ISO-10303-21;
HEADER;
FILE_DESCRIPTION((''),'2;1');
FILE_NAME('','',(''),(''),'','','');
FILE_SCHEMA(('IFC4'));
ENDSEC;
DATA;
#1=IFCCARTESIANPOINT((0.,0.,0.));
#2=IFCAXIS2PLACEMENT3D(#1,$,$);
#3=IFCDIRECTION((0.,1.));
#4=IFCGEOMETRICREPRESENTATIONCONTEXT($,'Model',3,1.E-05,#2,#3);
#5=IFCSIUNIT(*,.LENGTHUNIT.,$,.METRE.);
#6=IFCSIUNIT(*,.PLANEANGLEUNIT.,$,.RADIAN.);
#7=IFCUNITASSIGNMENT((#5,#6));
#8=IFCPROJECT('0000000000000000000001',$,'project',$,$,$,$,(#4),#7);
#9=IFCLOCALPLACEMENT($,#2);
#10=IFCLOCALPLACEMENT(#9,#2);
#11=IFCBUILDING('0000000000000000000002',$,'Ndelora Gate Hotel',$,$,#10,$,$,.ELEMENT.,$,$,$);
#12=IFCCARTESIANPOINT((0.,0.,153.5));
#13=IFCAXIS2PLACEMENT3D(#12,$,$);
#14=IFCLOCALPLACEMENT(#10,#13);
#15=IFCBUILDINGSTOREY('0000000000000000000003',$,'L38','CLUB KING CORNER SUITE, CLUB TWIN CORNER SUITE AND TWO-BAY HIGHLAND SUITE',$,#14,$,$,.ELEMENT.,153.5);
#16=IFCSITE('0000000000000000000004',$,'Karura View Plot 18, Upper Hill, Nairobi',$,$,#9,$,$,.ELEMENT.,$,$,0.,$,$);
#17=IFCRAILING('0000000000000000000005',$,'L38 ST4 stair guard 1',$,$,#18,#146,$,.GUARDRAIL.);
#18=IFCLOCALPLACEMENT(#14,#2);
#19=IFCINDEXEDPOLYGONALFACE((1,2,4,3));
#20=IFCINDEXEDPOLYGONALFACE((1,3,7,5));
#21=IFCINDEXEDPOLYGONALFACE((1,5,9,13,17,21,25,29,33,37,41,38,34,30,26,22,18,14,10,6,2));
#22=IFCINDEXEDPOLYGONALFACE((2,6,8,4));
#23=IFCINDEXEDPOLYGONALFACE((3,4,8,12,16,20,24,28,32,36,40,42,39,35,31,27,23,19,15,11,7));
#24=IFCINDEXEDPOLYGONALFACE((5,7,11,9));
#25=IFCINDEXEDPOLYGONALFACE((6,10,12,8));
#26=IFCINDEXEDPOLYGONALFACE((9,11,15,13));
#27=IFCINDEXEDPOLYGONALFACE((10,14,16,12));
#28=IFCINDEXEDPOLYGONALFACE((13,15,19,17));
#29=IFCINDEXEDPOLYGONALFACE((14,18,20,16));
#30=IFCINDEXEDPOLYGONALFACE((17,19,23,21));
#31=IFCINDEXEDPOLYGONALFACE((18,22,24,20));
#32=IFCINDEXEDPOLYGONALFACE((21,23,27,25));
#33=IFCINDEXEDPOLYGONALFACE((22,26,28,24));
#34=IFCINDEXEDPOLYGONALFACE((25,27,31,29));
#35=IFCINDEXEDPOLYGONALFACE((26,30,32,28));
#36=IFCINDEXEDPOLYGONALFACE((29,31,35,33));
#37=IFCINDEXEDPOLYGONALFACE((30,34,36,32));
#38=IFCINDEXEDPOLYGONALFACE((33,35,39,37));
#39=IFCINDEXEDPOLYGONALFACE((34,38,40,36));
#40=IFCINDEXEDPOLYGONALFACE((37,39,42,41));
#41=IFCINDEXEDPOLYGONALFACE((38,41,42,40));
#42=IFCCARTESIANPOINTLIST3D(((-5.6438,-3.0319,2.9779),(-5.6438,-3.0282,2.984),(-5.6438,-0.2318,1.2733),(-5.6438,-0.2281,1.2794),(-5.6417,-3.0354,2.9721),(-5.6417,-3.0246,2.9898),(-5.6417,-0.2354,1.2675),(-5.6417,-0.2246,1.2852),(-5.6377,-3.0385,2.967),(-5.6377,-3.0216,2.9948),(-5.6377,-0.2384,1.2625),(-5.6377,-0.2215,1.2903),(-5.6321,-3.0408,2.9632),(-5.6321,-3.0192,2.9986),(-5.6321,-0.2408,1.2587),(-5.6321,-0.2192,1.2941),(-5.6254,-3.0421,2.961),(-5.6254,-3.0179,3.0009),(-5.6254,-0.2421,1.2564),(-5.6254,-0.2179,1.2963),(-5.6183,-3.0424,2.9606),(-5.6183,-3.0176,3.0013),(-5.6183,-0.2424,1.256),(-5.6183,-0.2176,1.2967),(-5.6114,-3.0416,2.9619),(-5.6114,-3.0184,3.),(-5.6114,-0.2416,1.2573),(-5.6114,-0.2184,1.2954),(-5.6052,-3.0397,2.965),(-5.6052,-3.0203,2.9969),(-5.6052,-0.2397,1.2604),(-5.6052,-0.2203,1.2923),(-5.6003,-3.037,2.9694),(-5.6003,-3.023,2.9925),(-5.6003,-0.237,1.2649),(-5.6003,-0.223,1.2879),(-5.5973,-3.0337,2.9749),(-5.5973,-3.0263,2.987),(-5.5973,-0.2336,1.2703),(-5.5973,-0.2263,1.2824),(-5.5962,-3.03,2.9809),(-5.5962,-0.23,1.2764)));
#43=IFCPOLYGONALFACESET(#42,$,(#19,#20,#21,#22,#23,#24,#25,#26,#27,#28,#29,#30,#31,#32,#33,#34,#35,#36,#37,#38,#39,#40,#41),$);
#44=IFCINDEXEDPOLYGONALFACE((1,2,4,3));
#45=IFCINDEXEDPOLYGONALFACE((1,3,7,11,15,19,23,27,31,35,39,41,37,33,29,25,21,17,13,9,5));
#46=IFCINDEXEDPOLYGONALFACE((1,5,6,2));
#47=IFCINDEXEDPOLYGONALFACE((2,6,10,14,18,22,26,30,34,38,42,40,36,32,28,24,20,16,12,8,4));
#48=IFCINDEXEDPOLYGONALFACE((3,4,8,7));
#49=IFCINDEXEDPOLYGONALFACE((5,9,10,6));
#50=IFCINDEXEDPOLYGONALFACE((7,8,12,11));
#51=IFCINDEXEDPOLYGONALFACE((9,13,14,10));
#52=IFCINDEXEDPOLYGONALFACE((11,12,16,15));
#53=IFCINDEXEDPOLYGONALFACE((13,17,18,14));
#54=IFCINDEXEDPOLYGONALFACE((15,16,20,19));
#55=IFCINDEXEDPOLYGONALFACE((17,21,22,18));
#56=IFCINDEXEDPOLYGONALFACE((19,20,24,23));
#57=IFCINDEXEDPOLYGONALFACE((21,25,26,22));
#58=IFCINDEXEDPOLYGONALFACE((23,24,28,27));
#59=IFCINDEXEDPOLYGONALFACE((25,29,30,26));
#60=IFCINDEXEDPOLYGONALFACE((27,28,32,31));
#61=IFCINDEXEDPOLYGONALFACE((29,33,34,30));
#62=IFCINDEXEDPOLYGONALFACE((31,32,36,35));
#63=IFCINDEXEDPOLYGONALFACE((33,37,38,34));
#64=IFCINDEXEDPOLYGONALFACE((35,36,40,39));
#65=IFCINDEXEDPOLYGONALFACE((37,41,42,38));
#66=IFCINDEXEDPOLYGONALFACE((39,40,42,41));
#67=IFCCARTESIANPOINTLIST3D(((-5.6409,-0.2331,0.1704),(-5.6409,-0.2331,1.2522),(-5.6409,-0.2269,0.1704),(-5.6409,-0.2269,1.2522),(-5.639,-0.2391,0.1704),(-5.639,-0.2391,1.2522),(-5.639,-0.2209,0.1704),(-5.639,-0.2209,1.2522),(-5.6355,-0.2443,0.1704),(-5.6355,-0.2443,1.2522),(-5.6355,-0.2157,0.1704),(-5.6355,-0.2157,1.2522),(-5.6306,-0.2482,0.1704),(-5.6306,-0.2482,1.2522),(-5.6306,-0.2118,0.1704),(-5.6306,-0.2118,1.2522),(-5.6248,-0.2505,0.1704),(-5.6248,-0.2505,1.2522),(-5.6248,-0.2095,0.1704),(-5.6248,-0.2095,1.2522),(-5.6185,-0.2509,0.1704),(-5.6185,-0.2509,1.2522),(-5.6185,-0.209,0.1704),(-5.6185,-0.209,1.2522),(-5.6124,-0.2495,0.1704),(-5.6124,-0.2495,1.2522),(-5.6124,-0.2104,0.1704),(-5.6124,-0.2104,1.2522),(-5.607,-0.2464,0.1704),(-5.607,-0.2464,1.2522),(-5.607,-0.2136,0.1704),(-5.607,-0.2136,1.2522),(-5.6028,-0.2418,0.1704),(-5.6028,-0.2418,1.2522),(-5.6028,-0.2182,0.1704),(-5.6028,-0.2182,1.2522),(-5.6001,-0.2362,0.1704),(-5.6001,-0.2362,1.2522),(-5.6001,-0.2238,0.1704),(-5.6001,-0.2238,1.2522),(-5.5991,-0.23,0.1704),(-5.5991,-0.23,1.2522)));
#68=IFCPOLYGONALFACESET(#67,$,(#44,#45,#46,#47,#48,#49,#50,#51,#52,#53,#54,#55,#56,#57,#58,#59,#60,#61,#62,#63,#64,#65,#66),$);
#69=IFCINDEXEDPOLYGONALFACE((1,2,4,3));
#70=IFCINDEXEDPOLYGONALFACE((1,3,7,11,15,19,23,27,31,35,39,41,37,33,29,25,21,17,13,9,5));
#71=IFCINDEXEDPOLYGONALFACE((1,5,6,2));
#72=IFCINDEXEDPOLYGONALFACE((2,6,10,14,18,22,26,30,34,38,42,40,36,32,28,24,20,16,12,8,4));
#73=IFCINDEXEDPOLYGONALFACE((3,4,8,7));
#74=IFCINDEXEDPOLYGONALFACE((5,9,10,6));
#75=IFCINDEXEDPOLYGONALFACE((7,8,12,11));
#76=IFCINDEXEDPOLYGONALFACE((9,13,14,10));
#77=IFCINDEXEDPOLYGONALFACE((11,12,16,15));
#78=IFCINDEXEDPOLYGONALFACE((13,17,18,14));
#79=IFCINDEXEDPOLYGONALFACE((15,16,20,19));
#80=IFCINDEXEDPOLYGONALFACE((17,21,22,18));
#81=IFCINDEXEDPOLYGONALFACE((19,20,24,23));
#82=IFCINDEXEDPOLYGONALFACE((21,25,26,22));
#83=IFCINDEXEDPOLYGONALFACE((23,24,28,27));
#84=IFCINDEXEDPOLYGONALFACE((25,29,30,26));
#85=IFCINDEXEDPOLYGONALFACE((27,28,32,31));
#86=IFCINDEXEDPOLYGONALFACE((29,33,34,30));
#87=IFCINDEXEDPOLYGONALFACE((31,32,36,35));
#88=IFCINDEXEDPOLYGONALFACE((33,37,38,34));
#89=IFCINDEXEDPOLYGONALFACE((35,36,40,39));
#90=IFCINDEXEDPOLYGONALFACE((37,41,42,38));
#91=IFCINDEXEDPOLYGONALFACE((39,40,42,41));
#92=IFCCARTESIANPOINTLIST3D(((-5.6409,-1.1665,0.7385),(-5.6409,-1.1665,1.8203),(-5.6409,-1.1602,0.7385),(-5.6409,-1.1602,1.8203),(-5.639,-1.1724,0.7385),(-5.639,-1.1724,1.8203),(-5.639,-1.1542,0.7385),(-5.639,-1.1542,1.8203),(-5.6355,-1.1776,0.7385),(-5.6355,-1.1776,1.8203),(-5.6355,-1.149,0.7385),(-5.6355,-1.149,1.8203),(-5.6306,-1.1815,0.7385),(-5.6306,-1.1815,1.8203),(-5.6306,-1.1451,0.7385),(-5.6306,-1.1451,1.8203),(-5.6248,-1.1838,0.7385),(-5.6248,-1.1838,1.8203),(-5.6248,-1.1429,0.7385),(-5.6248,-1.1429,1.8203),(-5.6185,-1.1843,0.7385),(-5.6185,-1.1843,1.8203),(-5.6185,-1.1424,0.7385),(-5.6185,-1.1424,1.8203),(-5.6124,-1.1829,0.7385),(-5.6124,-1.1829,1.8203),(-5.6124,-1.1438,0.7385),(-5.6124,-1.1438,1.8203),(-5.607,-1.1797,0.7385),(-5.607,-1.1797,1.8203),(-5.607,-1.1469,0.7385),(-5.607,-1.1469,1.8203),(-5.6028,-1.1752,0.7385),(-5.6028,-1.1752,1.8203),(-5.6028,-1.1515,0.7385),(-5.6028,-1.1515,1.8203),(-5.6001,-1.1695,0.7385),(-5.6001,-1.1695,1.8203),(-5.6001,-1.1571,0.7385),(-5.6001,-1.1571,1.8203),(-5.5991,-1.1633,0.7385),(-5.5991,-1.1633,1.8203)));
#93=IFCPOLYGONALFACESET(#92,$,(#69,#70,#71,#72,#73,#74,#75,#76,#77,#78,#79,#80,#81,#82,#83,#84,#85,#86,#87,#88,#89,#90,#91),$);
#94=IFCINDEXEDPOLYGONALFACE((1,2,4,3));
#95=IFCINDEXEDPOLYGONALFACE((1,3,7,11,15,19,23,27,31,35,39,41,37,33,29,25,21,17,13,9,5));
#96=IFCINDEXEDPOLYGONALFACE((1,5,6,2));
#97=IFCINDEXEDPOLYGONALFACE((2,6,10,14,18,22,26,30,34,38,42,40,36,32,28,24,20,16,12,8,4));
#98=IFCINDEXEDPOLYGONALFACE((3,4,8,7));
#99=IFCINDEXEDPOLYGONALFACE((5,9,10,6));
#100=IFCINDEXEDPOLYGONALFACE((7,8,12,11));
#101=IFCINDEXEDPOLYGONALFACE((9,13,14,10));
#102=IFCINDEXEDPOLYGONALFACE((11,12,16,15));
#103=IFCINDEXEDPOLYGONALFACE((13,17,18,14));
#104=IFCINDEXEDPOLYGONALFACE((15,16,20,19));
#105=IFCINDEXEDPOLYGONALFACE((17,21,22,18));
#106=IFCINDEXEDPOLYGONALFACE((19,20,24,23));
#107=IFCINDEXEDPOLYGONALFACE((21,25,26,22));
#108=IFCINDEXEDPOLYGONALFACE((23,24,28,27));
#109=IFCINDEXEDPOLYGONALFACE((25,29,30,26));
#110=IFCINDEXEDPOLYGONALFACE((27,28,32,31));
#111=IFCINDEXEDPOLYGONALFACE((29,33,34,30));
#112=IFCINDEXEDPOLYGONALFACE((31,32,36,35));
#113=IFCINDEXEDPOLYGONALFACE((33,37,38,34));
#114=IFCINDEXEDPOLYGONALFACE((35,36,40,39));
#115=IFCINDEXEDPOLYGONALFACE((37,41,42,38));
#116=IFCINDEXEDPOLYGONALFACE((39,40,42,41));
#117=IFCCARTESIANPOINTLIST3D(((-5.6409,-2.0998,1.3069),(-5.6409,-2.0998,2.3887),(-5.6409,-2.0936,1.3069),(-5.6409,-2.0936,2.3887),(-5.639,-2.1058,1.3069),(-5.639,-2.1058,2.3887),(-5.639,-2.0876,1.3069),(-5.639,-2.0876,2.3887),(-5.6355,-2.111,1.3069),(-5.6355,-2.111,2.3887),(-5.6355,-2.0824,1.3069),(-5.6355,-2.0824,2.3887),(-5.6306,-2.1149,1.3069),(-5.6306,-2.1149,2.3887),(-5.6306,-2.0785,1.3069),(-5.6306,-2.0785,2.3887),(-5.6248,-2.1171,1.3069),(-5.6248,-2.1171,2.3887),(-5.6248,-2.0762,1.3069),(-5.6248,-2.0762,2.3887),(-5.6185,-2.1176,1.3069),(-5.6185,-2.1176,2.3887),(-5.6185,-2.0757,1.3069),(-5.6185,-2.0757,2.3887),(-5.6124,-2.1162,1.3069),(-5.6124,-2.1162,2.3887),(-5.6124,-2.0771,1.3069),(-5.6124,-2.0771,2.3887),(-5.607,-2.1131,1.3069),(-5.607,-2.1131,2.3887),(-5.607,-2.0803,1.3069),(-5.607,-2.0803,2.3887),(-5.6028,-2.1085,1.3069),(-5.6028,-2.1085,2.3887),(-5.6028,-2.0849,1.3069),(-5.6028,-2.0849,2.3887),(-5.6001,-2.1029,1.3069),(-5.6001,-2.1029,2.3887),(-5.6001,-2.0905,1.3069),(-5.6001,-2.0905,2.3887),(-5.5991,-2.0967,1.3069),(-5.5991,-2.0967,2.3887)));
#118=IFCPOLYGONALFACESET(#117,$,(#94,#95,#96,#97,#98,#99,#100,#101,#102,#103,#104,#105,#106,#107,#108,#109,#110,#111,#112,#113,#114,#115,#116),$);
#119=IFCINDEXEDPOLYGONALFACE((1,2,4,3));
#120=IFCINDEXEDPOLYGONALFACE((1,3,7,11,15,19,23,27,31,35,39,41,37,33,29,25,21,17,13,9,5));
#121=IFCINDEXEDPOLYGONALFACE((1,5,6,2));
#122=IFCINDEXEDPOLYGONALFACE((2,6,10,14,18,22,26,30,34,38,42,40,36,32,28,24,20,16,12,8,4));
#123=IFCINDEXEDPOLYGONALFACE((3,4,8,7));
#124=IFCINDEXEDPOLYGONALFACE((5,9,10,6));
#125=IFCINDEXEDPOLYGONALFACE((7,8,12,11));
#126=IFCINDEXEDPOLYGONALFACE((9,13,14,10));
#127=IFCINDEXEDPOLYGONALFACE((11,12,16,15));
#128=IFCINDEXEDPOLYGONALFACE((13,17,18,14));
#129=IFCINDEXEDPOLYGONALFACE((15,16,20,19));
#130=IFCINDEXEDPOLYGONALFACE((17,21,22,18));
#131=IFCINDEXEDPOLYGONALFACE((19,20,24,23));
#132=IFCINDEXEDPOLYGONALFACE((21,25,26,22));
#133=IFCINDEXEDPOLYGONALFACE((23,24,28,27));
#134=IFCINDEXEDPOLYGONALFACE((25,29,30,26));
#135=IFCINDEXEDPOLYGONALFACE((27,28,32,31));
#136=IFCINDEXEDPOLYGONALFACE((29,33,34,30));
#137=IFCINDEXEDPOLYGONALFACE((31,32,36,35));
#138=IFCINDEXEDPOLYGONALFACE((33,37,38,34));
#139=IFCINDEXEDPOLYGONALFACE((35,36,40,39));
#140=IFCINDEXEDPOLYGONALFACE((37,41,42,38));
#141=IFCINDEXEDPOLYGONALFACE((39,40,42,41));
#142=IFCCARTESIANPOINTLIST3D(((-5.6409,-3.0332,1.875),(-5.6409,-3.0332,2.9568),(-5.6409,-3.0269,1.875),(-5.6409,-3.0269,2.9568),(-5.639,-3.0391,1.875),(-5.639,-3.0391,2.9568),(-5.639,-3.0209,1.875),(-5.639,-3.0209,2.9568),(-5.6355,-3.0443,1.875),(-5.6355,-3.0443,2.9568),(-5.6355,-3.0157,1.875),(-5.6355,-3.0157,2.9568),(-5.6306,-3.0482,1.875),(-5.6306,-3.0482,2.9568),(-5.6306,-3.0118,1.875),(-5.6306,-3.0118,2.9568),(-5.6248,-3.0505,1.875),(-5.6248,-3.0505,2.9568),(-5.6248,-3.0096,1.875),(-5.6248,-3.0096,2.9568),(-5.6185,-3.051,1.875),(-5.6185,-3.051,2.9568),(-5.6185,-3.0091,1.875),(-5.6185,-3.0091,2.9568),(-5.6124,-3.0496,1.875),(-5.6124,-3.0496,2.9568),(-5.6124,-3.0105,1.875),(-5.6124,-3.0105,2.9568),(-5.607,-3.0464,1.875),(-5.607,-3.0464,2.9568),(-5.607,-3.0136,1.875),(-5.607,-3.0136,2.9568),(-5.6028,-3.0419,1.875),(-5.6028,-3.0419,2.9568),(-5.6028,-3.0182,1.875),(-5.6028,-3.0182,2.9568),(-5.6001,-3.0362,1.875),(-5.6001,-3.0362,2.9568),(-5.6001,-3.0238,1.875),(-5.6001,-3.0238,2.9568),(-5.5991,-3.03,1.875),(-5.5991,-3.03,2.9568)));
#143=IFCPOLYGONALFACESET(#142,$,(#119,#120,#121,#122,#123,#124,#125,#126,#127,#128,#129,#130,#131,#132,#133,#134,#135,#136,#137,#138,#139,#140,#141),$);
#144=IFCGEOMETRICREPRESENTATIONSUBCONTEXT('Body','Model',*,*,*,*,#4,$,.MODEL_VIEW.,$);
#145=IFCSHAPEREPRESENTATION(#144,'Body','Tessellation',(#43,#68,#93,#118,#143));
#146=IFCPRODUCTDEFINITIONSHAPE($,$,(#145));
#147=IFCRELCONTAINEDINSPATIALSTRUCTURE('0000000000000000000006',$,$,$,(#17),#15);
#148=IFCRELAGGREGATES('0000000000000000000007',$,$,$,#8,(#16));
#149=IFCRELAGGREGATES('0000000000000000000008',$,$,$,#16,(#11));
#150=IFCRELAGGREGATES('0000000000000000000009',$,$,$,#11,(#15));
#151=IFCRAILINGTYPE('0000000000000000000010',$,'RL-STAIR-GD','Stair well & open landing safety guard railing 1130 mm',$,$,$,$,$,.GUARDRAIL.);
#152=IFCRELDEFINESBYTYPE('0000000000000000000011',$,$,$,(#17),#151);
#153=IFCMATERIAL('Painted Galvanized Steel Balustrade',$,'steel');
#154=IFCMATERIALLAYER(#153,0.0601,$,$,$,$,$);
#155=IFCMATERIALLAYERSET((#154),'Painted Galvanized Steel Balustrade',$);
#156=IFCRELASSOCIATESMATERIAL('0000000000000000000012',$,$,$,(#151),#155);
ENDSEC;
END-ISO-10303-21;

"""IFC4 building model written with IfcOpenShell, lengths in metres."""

from ifc_helpers import new_model, si_unit, direction, frame, origin, origin_2d, place, context, subcontext, project, spatial, circle, extrude, material, layer, layer_set, type_object, element, save


model = new_model("IFC4")

# Units and contexts
model_context = context("Model", 3, precision=1e-05, world=origin(), true_north=direction((0.0, 1.0)))
body_context = subcontext(model_context, "Body", "Model", "MODEL_VIEW")
ifc_project = project(units=[si_unit("LENGTHUNIT", "METRE"), si_unit("PLANEANGLEUNIT", "RADIAN")], contexts=[model_context])

# Site, building, storey
site_placement = place(None, origin())
site = spatial("IfcSite", under=ifc_project, at=site_placement, Name="Karura View Plot 18, Upper Hill, Nairobi", CompositionType="ELEMENT", RefElevation=0.0)
building_placement = place(site_placement, origin())
building = spatial("IfcBuilding", under=site, at=building_placement, Name="Ndelora Gate Hotel", CompositionType="ELEMENT")
storey_placement = place(building_placement, frame((0.0, 0.0, 153.5)))
storey = spatial("IfcBuildingStorey", under=building, at=storey_placement, Name="L38", Description="CLUB KING CORNER SUITE, CLUB TWIN CORNER SUITE AND TWO-BAY HIGHLAND SUITE", CompositionType="ELEMENT", Elevation=153.5)

# Railing
ifc_material_1 = material(Name="Painted Galvanized Steel Balustrade", Category="steel")
ifc_layer_1 = layer(ifc_material_1, 0.0601)
ifc_layer_set_1 = layer_set([ifc_layer_1], Name="Painted Galvanized Steel Balustrade")
railing_type_1 = type_object("IfcRailingType", Name="RL-STAIR-GD", Description="Stair well & open landing safety guard railing 1130 mm", PredefinedType="GUARDRAIL", material=ifc_layer_set_1)
railing_1_placement = place(storey_placement, frame((-5.6201, -0.23, 0.1704)))
element("IfcRailing", 1, at=railing_1_placement, inside=storey, type_object=railing_type_1, Name="L38 ST4 stair guard 1", PredefinedType="GUARDRAIL", context=body_context, shape_type="SweptSolid", body=[
    extrude(circle(Radius=0.0239, at=origin_2d()), frame((0.0, 0.0, 1.106), z_axis=(0.0, -0.85417, 0.519994), x_axis=(1.0, 0.0, 0.0)), (0.0, 0.0, 1.0), 3.2781),
    extrude(circle(Radius=0.021, at=origin_2d()), origin(), (0.0, 0.0, 1.0), 1.0818),
    extrude(circle(Radius=0.021, at=origin_2d()), frame((0.0, -0.9333, 0.5681)), (0.0, 0.0, 1.0), 1.0818),
    extrude(circle(Radius=0.021, at=origin_2d()), frame((0.0, -1.8667, 1.1365)), (0.0, 0.0, 1.0), 1.0818),
    extrude(circle(Radius=0.021, at=origin_2d()), frame((0.0, -2.8, 1.7046)), (0.0, 0.0, 1.0), 1.0818),
])

save(model, "model.ifc")
